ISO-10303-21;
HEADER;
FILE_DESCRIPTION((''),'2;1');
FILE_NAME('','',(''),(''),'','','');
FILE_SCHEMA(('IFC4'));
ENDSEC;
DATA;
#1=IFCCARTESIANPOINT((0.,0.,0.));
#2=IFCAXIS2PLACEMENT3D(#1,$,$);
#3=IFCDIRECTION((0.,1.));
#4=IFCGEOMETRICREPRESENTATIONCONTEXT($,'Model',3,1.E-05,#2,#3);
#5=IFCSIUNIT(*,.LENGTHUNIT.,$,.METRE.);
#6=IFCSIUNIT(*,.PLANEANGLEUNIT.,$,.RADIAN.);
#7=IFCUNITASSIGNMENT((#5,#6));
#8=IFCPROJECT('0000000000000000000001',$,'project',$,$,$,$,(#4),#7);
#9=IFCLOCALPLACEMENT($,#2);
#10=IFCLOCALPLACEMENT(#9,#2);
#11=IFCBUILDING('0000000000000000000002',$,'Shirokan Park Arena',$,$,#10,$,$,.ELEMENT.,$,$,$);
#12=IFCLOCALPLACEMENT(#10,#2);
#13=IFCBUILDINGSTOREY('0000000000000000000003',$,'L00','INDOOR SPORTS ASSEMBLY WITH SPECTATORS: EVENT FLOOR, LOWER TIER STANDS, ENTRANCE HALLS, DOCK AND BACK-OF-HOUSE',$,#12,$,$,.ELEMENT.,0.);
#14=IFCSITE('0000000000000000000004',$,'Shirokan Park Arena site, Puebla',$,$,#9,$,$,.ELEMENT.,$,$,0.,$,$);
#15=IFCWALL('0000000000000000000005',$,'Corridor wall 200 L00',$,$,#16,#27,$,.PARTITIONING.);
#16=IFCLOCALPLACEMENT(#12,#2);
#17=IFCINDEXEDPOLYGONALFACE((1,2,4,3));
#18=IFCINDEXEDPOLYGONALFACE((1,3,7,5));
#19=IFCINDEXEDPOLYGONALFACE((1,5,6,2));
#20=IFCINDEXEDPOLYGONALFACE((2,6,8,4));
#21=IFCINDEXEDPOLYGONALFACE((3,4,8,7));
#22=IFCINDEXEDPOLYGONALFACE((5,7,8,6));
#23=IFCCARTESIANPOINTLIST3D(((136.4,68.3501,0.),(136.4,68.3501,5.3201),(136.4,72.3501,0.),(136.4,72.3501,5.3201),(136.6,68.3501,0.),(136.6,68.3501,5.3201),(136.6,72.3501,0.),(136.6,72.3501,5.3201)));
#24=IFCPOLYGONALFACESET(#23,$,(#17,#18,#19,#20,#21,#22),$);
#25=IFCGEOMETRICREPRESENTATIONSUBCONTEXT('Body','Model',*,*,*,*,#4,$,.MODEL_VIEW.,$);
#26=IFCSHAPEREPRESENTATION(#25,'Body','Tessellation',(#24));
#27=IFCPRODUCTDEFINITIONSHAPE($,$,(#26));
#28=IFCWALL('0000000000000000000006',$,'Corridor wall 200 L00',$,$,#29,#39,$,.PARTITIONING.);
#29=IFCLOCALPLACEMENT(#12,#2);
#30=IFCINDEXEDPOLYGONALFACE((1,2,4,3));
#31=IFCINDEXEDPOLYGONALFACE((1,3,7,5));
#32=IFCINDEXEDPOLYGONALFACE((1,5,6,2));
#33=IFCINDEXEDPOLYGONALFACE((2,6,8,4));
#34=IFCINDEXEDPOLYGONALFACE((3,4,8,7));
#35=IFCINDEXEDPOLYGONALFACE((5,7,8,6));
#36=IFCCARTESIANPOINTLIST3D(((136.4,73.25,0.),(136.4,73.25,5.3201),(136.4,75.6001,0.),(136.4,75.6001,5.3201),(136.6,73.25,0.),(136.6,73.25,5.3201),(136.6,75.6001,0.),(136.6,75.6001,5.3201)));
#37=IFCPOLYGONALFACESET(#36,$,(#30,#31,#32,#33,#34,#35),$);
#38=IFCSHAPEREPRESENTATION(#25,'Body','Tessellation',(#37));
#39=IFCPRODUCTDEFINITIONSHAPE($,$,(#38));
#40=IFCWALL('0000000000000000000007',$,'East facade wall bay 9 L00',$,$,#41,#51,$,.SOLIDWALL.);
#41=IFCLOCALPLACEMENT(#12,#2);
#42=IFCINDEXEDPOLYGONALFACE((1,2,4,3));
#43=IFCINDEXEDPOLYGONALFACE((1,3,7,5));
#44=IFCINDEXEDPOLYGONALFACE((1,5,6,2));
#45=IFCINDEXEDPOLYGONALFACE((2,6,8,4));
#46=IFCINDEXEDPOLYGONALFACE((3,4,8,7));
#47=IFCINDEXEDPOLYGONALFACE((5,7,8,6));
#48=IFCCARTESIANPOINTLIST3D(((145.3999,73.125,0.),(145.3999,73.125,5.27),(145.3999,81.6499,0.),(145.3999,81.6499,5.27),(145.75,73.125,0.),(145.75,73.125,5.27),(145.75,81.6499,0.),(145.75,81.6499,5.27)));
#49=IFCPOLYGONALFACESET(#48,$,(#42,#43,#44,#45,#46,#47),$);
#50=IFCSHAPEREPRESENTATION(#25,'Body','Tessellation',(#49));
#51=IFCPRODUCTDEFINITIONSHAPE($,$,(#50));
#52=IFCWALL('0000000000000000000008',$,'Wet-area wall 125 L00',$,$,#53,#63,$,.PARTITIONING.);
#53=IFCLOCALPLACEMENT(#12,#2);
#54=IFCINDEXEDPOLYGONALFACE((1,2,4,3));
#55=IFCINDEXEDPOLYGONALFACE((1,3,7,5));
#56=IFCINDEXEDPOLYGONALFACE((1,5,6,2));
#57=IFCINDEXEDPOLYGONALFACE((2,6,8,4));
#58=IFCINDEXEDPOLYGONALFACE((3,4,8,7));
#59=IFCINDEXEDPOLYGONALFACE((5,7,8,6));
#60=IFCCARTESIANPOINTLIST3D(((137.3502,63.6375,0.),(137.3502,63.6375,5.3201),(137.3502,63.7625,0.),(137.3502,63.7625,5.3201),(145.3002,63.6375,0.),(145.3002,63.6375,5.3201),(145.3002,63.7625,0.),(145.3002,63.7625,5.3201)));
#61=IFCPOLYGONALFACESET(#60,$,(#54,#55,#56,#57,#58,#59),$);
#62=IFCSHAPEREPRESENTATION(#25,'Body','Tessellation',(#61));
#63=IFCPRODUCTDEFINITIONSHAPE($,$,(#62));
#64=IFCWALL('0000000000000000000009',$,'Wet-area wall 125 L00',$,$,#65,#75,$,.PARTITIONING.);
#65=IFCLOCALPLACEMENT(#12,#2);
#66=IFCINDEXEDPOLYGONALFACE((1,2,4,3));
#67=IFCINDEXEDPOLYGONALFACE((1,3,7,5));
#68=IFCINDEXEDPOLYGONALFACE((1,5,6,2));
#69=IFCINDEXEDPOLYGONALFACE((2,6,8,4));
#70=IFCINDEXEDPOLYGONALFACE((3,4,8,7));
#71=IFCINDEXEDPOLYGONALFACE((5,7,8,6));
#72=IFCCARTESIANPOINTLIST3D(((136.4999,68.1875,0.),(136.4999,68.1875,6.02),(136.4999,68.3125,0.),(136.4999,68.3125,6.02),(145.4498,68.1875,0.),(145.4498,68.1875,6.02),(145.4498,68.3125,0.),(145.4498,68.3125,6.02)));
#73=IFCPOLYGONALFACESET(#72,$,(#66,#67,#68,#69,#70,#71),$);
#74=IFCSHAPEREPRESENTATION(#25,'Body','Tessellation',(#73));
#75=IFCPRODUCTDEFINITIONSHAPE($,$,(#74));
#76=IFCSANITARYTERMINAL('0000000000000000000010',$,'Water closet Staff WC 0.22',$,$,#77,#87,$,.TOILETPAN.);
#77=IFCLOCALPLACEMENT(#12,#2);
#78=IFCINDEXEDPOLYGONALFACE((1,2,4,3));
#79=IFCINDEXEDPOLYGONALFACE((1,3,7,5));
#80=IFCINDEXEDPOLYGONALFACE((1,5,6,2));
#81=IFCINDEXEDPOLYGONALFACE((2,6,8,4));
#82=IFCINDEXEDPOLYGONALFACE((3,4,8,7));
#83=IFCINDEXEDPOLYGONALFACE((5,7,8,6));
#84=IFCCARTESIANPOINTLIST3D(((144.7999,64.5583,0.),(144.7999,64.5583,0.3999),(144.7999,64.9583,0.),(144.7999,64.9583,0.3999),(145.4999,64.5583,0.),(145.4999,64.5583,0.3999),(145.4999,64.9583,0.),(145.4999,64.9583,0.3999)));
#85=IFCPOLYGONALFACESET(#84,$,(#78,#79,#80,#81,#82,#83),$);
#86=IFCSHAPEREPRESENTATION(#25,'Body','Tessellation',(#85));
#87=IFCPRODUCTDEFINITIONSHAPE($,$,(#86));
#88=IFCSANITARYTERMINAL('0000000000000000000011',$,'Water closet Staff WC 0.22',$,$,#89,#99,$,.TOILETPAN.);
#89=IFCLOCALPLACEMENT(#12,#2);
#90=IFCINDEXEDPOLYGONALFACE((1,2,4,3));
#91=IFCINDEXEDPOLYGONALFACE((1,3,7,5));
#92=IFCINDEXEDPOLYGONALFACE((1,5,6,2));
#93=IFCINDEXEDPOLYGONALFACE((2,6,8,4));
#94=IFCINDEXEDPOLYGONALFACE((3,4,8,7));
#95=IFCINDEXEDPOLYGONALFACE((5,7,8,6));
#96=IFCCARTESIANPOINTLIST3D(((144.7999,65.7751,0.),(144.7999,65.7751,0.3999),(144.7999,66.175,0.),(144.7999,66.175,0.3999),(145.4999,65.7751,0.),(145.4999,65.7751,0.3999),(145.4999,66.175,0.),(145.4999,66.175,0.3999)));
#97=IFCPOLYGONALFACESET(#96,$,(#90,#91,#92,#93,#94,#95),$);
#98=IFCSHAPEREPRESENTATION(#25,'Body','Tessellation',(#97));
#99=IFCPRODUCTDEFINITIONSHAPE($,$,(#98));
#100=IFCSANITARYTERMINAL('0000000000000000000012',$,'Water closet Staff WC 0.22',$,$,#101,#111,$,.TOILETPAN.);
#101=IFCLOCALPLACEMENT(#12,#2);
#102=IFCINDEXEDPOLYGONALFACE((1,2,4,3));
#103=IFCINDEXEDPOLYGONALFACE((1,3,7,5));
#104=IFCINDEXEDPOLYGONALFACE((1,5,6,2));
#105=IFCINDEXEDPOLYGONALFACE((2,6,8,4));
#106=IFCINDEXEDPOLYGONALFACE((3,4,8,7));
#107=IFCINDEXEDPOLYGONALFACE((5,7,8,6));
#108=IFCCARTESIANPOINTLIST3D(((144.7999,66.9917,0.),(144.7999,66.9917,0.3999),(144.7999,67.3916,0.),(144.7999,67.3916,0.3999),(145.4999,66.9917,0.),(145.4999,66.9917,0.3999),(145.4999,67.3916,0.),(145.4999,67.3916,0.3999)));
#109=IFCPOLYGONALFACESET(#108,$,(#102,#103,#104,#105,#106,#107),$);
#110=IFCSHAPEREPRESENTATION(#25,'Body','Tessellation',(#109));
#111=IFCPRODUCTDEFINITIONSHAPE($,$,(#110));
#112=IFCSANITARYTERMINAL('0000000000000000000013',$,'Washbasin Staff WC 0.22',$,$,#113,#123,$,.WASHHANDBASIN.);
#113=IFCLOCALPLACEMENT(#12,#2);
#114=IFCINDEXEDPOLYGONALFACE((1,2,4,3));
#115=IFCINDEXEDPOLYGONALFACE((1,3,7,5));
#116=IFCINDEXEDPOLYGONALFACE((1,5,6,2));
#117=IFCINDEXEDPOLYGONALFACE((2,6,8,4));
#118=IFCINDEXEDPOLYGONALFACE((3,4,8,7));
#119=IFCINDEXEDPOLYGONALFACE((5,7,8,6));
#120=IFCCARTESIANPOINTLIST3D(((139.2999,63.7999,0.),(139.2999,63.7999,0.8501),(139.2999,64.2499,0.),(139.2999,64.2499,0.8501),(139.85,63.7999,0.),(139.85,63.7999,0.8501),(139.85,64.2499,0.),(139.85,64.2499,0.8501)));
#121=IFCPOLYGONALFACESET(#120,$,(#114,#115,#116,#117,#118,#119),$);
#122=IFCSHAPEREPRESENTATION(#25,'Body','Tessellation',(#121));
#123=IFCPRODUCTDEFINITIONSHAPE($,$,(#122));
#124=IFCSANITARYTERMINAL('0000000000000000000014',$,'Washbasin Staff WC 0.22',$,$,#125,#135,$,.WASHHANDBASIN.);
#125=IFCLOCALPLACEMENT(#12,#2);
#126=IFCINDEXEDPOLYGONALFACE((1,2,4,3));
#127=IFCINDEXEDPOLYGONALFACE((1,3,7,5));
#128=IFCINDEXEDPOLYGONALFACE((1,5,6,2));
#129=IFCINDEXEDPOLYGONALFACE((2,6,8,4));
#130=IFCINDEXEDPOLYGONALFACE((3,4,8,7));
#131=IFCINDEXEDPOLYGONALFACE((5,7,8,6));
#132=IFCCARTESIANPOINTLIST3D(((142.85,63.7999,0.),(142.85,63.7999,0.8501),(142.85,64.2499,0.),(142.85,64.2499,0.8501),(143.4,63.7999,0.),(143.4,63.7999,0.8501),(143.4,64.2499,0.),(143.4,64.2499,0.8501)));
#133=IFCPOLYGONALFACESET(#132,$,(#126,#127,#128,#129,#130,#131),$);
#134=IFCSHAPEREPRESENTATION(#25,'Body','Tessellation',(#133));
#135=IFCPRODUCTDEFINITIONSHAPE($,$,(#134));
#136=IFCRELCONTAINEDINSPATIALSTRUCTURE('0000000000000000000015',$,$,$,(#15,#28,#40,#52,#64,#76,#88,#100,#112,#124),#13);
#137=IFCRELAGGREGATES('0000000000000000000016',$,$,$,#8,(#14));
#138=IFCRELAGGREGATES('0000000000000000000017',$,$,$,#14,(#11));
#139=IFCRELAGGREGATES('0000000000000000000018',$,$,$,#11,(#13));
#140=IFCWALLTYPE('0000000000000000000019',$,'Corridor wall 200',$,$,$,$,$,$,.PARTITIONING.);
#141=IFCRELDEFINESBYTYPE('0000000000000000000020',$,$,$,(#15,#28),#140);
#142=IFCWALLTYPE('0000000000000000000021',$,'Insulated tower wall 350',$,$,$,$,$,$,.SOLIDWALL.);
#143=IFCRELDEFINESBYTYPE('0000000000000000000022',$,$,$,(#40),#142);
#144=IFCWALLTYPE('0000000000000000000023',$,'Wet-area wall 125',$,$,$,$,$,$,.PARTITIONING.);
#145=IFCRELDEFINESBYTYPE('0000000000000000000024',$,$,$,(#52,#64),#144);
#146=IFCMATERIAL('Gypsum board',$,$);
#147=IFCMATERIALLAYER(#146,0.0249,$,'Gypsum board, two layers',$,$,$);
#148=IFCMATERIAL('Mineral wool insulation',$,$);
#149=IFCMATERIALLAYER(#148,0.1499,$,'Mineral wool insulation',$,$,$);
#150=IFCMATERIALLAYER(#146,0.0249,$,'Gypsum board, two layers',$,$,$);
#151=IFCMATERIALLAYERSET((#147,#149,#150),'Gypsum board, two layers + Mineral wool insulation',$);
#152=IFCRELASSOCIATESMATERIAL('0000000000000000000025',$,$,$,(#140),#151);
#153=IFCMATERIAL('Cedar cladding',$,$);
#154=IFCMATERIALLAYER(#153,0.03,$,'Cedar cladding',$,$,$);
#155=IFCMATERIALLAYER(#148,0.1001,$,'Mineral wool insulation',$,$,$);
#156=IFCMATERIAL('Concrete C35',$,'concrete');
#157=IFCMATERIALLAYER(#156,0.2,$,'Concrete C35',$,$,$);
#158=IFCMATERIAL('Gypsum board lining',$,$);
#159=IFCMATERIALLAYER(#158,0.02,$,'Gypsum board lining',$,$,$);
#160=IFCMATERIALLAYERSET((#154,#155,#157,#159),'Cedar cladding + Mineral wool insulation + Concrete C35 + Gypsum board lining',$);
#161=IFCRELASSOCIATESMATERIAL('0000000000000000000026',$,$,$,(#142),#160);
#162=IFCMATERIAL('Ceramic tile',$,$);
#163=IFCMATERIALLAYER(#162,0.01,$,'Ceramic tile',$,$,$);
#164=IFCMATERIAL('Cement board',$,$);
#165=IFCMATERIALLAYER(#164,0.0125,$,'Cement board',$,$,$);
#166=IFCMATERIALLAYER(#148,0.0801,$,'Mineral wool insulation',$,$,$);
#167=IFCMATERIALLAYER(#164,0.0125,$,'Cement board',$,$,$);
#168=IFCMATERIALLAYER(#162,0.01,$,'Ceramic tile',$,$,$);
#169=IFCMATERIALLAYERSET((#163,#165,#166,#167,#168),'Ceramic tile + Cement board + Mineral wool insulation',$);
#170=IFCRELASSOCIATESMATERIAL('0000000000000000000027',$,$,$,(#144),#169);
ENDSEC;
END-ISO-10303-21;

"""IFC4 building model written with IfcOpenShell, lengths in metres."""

from ifc_helpers import new_model, si_unit, direction, frame, frame_2d, origin, origin_2d, place, context, subcontext, project, spatial, rectangle, extrude, material, layer, layer_set, type_object, element, save


model = new_model("IFC4")

# Units and contexts
model_context = context("Model", 3, precision=1e-05, world=origin(), true_north=direction((0.0, 1.0)))
body_context = subcontext(model_context, "Body", "Model", "MODEL_VIEW")
ifc_project = project(units=[si_unit("LENGTHUNIT", "METRE"), si_unit("PLANEANGLEUNIT", "RADIAN")], contexts=[model_context])

# Site, building, storey
site_placement = place(None, origin())
site = spatial("IfcSite", under=ifc_project, at=site_placement, Name="Shirokan Park Arena site, Puebla", CompositionType="ELEMENT", RefElevation=0.0)
building_placement = place(site_placement, origin())
building = spatial("IfcBuilding", under=site, at=building_placement, Name="Shirokan Park Arena", CompositionType="ELEMENT")
storey_placement = place(building_placement, origin())
storey = spatial("IfcBuildingStorey", under=building, at=storey_placement, Name="L00", Description="INDOOR SPORTS ASSEMBLY WITH SPECTATORS: EVENT FLOOR, LOWER TIER STANDS, ENTRANCE HALLS, DOCK AND BACK-OF-HOUSE", CompositionType="ELEMENT", Elevation=0.0)

# Shared definitions
ifc_material_1 = material(Name="Concrete C35", Category="concrete")

# Walls
ifc_material_2 = material(Name="Gypsum board")
ifc_layer_1 = layer(ifc_material_2, 0.0249, Name="Gypsum board, two layers")
ifc_material_3 = material(Name="Mineral wool insulation")
ifc_layer_2 = layer(ifc_material_3, 0.1499, Name="Mineral wool insulation")
ifc_layer_3 = layer(ifc_material_2, 0.0249, Name="Gypsum board, two layers")
ifc_layer_set_1 = layer_set([ifc_layer_1, ifc_layer_2, ifc_layer_3], Name="Gypsum board, two layers + Mineral wool insulation")
wall_type_1 = type_object("IfcWallType", Name="Corridor wall 200", PredefinedType="PARTITIONING", material=ifc_layer_set_1)
wall_1_placement = place(storey_placement, frame((136.5, 68.3501, 0.0), z_axis=(0.0, 0.0, 1.0), x_axis=(0.0, 1.0, 0.0)))
element("IfcWall", 1, at=wall_1_placement, inside=storey, type_object=wall_type_1, Name="Corridor wall 200 L00", PredefinedType="PARTITIONING", context=body_context, shape_type="SweptSolid", body=[
    extrude(rectangle(XDim=4.0, YDim=0.2, at=frame_2d((2.0, 0.0))), origin(), (0.0, 0.0, 1.0), 5.3201),
])
wall_2_placement = place(storey_placement, frame((136.5, 73.25, 0.0), z_axis=(0.0, 0.0, 1.0), x_axis=(0.0, 1.0, 0.0)))
element("IfcWall", 2, at=wall_2_placement, inside=storey, type_object=wall_type_1, Name="Corridor wall 200 L00", PredefinedType="PARTITIONING", context=body_context, shape_type="SweptSolid", body=[
    extrude(rectangle(XDim=2.3501, YDim=0.2, at=frame_2d((1.175, 0.0))), origin(), (0.0, 0.0, 1.0), 5.3201),
])

# Walls
ifc_material_4 = material(Name="Cedar cladding")
ifc_layer_4 = layer(ifc_material_4, 0.03, Name="Cedar cladding")
ifc_layer_5 = layer(ifc_material_3, 0.1001, Name="Mineral wool insulation")
ifc_layer_6 = layer(ifc_material_1, 0.2, Name="Concrete C35")
ifc_material_5 = material(Name="Gypsum board lining")
ifc_layer_7 = layer(ifc_material_5, 0.02, Name="Gypsum board lining")
ifc_layer_set_2 = layer_set([ifc_layer_4, ifc_layer_5, ifc_layer_6, ifc_layer_7], Name="Cedar cladding + Mineral wool insulation + Concrete C35 + Gypsum board lining")
wall_type_2 = type_object("IfcWallType", Name="Insulated tower wall 350", PredefinedType="SOLIDWALL", material=ifc_layer_set_2)
wall_3_placement = place(storey_placement, frame((145.575, 73.125, 0.0), z_axis=(0.0, 0.0, 1.0), x_axis=(0.0, 1.0, 0.0)))
element("IfcWall", 3, at=wall_3_placement, inside=storey, type_object=wall_type_2, Name="East facade wall bay 9 L00", PredefinedType="SOLIDWALL", context=body_context, shape_type="SweptSolid", body=[
    extrude(rectangle(XDim=8.5249, YDim=0.3501, at=frame_2d((4.2625, 0.0))), origin(), (0.0, 0.0, 1.0), 5.27),
])
ifc_material_6 = material(Name="Ceramic tile")
ifc_layer_8 = layer(ifc_material_6, 0.01, Name="Ceramic tile")
ifc_material_7 = material(Name="Cement board")
ifc_layer_9 = layer(ifc_material_7, 0.0125, Name="Cement board")
ifc_layer_10 = layer(ifc_material_3, 0.0801, Name="Mineral wool insulation")
ifc_layer_11 = layer(ifc_material_7, 0.0125, Name="Cement board")
ifc_layer_12 = layer(ifc_material_6, 0.01, Name="Ceramic tile")
ifc_layer_set_3 = layer_set([ifc_layer_8, ifc_layer_9, ifc_layer_10, ifc_layer_11, ifc_layer_12], Name="Ceramic tile + Cement board + Mineral wool insulation")
wall_type_3 = type_object("IfcWallType", Name="Wet-area wall 125", PredefinedType="PARTITIONING", material=ifc_layer_set_3)
wall_4_placement = place(storey_placement, frame((137.3501, 63.7, 0.0), z_axis=(0.0, 0.0, 1.0), x_axis=(1.0, 0.0, 0.0)))
element("IfcWall", 4, at=wall_4_placement, inside=storey, type_object=wall_type_3, Name="Wet-area wall 125 L00", PredefinedType="PARTITIONING", context=body_context, shape_type="SweptSolid", body=[
    extrude(rectangle(XDim=7.95, YDim=0.125, at=frame_2d((3.9751, 0.0))), origin(), (0.0, 0.0, 1.0), 5.3201),
])
wall_5_placement = place(storey_placement, frame((145.45, 68.25, 0.0), z_axis=(0.0, 0.0, 1.0), x_axis=(-1.0, 0.0, 0.0)))
element("IfcWall", 5, at=wall_5_placement, inside=storey, type_object=wall_type_3, Name="Wet-area wall 125 L00", PredefinedType="PARTITIONING", context=body_context, shape_type="SweptSolid", body=[
    extrude(rectangle(XDim=8.95, YDim=0.125, at=frame_2d((4.4751, 0.0))), origin(), (0.0, 0.0, 1.0), 6.02),
])

# Sanitary terminals
for number, where, z_axis, x_axis, name in (
    (6, (145.1499, 64.7583, 0.0), (0.0, 0.0, 1.0), (1.0, 0.0, 0.0), "Water closet Staff WC 0.22"),
    (7, (145.1499, 65.9751, 0.0), (0.0, 0.0, 1.0), (1.0, 0.0, 0.0), "Water closet Staff WC 0.22"),
    (8, (145.1499, 67.1917, 0.0), (0.0, 0.0, 1.0), (1.0, 0.0, 0.0), "Water closet Staff WC 0.22"),
):
    element("IfcSanitaryTerminal", number, at=place(storey_placement, frame(where, z_axis=z_axis, x_axis=x_axis)), inside=storey, Name=name, PredefinedType="TOILETPAN", context=body_context, shape_type="SweptSolid", body=[
        extrude(rectangle(XDim=0.7, YDim=0.3999, at=origin_2d()), origin(), (0.0, 0.0, 1.0), 0.3999),
    ])
for number, where, z_axis, x_axis, name in (
    (9, (139.575, 64.0249, 0.0), (0.0, 0.0, 1.0), (1.0, 0.0, 0.0), "Washbasin Staff WC 0.22"),
    (10, (143.125, 64.0249, 0.0), (0.0, 0.0, 1.0), (1.0, 0.0, 0.0), "Washbasin Staff WC 0.22"),
):
    element("IfcSanitaryTerminal", number, at=place(storey_placement, frame(where, z_axis=z_axis, x_axis=x_axis)), inside=storey, Name=name, PredefinedType="WASHHANDBASIN", context=body_context, shape_type="SweptSolid", body=[
        extrude(rectangle(XDim=0.55, YDim=0.45, at=origin_2d()), origin(), (0.0, 0.0, 1.0), 0.8501),
    ])

save(model, "model.ifc")
